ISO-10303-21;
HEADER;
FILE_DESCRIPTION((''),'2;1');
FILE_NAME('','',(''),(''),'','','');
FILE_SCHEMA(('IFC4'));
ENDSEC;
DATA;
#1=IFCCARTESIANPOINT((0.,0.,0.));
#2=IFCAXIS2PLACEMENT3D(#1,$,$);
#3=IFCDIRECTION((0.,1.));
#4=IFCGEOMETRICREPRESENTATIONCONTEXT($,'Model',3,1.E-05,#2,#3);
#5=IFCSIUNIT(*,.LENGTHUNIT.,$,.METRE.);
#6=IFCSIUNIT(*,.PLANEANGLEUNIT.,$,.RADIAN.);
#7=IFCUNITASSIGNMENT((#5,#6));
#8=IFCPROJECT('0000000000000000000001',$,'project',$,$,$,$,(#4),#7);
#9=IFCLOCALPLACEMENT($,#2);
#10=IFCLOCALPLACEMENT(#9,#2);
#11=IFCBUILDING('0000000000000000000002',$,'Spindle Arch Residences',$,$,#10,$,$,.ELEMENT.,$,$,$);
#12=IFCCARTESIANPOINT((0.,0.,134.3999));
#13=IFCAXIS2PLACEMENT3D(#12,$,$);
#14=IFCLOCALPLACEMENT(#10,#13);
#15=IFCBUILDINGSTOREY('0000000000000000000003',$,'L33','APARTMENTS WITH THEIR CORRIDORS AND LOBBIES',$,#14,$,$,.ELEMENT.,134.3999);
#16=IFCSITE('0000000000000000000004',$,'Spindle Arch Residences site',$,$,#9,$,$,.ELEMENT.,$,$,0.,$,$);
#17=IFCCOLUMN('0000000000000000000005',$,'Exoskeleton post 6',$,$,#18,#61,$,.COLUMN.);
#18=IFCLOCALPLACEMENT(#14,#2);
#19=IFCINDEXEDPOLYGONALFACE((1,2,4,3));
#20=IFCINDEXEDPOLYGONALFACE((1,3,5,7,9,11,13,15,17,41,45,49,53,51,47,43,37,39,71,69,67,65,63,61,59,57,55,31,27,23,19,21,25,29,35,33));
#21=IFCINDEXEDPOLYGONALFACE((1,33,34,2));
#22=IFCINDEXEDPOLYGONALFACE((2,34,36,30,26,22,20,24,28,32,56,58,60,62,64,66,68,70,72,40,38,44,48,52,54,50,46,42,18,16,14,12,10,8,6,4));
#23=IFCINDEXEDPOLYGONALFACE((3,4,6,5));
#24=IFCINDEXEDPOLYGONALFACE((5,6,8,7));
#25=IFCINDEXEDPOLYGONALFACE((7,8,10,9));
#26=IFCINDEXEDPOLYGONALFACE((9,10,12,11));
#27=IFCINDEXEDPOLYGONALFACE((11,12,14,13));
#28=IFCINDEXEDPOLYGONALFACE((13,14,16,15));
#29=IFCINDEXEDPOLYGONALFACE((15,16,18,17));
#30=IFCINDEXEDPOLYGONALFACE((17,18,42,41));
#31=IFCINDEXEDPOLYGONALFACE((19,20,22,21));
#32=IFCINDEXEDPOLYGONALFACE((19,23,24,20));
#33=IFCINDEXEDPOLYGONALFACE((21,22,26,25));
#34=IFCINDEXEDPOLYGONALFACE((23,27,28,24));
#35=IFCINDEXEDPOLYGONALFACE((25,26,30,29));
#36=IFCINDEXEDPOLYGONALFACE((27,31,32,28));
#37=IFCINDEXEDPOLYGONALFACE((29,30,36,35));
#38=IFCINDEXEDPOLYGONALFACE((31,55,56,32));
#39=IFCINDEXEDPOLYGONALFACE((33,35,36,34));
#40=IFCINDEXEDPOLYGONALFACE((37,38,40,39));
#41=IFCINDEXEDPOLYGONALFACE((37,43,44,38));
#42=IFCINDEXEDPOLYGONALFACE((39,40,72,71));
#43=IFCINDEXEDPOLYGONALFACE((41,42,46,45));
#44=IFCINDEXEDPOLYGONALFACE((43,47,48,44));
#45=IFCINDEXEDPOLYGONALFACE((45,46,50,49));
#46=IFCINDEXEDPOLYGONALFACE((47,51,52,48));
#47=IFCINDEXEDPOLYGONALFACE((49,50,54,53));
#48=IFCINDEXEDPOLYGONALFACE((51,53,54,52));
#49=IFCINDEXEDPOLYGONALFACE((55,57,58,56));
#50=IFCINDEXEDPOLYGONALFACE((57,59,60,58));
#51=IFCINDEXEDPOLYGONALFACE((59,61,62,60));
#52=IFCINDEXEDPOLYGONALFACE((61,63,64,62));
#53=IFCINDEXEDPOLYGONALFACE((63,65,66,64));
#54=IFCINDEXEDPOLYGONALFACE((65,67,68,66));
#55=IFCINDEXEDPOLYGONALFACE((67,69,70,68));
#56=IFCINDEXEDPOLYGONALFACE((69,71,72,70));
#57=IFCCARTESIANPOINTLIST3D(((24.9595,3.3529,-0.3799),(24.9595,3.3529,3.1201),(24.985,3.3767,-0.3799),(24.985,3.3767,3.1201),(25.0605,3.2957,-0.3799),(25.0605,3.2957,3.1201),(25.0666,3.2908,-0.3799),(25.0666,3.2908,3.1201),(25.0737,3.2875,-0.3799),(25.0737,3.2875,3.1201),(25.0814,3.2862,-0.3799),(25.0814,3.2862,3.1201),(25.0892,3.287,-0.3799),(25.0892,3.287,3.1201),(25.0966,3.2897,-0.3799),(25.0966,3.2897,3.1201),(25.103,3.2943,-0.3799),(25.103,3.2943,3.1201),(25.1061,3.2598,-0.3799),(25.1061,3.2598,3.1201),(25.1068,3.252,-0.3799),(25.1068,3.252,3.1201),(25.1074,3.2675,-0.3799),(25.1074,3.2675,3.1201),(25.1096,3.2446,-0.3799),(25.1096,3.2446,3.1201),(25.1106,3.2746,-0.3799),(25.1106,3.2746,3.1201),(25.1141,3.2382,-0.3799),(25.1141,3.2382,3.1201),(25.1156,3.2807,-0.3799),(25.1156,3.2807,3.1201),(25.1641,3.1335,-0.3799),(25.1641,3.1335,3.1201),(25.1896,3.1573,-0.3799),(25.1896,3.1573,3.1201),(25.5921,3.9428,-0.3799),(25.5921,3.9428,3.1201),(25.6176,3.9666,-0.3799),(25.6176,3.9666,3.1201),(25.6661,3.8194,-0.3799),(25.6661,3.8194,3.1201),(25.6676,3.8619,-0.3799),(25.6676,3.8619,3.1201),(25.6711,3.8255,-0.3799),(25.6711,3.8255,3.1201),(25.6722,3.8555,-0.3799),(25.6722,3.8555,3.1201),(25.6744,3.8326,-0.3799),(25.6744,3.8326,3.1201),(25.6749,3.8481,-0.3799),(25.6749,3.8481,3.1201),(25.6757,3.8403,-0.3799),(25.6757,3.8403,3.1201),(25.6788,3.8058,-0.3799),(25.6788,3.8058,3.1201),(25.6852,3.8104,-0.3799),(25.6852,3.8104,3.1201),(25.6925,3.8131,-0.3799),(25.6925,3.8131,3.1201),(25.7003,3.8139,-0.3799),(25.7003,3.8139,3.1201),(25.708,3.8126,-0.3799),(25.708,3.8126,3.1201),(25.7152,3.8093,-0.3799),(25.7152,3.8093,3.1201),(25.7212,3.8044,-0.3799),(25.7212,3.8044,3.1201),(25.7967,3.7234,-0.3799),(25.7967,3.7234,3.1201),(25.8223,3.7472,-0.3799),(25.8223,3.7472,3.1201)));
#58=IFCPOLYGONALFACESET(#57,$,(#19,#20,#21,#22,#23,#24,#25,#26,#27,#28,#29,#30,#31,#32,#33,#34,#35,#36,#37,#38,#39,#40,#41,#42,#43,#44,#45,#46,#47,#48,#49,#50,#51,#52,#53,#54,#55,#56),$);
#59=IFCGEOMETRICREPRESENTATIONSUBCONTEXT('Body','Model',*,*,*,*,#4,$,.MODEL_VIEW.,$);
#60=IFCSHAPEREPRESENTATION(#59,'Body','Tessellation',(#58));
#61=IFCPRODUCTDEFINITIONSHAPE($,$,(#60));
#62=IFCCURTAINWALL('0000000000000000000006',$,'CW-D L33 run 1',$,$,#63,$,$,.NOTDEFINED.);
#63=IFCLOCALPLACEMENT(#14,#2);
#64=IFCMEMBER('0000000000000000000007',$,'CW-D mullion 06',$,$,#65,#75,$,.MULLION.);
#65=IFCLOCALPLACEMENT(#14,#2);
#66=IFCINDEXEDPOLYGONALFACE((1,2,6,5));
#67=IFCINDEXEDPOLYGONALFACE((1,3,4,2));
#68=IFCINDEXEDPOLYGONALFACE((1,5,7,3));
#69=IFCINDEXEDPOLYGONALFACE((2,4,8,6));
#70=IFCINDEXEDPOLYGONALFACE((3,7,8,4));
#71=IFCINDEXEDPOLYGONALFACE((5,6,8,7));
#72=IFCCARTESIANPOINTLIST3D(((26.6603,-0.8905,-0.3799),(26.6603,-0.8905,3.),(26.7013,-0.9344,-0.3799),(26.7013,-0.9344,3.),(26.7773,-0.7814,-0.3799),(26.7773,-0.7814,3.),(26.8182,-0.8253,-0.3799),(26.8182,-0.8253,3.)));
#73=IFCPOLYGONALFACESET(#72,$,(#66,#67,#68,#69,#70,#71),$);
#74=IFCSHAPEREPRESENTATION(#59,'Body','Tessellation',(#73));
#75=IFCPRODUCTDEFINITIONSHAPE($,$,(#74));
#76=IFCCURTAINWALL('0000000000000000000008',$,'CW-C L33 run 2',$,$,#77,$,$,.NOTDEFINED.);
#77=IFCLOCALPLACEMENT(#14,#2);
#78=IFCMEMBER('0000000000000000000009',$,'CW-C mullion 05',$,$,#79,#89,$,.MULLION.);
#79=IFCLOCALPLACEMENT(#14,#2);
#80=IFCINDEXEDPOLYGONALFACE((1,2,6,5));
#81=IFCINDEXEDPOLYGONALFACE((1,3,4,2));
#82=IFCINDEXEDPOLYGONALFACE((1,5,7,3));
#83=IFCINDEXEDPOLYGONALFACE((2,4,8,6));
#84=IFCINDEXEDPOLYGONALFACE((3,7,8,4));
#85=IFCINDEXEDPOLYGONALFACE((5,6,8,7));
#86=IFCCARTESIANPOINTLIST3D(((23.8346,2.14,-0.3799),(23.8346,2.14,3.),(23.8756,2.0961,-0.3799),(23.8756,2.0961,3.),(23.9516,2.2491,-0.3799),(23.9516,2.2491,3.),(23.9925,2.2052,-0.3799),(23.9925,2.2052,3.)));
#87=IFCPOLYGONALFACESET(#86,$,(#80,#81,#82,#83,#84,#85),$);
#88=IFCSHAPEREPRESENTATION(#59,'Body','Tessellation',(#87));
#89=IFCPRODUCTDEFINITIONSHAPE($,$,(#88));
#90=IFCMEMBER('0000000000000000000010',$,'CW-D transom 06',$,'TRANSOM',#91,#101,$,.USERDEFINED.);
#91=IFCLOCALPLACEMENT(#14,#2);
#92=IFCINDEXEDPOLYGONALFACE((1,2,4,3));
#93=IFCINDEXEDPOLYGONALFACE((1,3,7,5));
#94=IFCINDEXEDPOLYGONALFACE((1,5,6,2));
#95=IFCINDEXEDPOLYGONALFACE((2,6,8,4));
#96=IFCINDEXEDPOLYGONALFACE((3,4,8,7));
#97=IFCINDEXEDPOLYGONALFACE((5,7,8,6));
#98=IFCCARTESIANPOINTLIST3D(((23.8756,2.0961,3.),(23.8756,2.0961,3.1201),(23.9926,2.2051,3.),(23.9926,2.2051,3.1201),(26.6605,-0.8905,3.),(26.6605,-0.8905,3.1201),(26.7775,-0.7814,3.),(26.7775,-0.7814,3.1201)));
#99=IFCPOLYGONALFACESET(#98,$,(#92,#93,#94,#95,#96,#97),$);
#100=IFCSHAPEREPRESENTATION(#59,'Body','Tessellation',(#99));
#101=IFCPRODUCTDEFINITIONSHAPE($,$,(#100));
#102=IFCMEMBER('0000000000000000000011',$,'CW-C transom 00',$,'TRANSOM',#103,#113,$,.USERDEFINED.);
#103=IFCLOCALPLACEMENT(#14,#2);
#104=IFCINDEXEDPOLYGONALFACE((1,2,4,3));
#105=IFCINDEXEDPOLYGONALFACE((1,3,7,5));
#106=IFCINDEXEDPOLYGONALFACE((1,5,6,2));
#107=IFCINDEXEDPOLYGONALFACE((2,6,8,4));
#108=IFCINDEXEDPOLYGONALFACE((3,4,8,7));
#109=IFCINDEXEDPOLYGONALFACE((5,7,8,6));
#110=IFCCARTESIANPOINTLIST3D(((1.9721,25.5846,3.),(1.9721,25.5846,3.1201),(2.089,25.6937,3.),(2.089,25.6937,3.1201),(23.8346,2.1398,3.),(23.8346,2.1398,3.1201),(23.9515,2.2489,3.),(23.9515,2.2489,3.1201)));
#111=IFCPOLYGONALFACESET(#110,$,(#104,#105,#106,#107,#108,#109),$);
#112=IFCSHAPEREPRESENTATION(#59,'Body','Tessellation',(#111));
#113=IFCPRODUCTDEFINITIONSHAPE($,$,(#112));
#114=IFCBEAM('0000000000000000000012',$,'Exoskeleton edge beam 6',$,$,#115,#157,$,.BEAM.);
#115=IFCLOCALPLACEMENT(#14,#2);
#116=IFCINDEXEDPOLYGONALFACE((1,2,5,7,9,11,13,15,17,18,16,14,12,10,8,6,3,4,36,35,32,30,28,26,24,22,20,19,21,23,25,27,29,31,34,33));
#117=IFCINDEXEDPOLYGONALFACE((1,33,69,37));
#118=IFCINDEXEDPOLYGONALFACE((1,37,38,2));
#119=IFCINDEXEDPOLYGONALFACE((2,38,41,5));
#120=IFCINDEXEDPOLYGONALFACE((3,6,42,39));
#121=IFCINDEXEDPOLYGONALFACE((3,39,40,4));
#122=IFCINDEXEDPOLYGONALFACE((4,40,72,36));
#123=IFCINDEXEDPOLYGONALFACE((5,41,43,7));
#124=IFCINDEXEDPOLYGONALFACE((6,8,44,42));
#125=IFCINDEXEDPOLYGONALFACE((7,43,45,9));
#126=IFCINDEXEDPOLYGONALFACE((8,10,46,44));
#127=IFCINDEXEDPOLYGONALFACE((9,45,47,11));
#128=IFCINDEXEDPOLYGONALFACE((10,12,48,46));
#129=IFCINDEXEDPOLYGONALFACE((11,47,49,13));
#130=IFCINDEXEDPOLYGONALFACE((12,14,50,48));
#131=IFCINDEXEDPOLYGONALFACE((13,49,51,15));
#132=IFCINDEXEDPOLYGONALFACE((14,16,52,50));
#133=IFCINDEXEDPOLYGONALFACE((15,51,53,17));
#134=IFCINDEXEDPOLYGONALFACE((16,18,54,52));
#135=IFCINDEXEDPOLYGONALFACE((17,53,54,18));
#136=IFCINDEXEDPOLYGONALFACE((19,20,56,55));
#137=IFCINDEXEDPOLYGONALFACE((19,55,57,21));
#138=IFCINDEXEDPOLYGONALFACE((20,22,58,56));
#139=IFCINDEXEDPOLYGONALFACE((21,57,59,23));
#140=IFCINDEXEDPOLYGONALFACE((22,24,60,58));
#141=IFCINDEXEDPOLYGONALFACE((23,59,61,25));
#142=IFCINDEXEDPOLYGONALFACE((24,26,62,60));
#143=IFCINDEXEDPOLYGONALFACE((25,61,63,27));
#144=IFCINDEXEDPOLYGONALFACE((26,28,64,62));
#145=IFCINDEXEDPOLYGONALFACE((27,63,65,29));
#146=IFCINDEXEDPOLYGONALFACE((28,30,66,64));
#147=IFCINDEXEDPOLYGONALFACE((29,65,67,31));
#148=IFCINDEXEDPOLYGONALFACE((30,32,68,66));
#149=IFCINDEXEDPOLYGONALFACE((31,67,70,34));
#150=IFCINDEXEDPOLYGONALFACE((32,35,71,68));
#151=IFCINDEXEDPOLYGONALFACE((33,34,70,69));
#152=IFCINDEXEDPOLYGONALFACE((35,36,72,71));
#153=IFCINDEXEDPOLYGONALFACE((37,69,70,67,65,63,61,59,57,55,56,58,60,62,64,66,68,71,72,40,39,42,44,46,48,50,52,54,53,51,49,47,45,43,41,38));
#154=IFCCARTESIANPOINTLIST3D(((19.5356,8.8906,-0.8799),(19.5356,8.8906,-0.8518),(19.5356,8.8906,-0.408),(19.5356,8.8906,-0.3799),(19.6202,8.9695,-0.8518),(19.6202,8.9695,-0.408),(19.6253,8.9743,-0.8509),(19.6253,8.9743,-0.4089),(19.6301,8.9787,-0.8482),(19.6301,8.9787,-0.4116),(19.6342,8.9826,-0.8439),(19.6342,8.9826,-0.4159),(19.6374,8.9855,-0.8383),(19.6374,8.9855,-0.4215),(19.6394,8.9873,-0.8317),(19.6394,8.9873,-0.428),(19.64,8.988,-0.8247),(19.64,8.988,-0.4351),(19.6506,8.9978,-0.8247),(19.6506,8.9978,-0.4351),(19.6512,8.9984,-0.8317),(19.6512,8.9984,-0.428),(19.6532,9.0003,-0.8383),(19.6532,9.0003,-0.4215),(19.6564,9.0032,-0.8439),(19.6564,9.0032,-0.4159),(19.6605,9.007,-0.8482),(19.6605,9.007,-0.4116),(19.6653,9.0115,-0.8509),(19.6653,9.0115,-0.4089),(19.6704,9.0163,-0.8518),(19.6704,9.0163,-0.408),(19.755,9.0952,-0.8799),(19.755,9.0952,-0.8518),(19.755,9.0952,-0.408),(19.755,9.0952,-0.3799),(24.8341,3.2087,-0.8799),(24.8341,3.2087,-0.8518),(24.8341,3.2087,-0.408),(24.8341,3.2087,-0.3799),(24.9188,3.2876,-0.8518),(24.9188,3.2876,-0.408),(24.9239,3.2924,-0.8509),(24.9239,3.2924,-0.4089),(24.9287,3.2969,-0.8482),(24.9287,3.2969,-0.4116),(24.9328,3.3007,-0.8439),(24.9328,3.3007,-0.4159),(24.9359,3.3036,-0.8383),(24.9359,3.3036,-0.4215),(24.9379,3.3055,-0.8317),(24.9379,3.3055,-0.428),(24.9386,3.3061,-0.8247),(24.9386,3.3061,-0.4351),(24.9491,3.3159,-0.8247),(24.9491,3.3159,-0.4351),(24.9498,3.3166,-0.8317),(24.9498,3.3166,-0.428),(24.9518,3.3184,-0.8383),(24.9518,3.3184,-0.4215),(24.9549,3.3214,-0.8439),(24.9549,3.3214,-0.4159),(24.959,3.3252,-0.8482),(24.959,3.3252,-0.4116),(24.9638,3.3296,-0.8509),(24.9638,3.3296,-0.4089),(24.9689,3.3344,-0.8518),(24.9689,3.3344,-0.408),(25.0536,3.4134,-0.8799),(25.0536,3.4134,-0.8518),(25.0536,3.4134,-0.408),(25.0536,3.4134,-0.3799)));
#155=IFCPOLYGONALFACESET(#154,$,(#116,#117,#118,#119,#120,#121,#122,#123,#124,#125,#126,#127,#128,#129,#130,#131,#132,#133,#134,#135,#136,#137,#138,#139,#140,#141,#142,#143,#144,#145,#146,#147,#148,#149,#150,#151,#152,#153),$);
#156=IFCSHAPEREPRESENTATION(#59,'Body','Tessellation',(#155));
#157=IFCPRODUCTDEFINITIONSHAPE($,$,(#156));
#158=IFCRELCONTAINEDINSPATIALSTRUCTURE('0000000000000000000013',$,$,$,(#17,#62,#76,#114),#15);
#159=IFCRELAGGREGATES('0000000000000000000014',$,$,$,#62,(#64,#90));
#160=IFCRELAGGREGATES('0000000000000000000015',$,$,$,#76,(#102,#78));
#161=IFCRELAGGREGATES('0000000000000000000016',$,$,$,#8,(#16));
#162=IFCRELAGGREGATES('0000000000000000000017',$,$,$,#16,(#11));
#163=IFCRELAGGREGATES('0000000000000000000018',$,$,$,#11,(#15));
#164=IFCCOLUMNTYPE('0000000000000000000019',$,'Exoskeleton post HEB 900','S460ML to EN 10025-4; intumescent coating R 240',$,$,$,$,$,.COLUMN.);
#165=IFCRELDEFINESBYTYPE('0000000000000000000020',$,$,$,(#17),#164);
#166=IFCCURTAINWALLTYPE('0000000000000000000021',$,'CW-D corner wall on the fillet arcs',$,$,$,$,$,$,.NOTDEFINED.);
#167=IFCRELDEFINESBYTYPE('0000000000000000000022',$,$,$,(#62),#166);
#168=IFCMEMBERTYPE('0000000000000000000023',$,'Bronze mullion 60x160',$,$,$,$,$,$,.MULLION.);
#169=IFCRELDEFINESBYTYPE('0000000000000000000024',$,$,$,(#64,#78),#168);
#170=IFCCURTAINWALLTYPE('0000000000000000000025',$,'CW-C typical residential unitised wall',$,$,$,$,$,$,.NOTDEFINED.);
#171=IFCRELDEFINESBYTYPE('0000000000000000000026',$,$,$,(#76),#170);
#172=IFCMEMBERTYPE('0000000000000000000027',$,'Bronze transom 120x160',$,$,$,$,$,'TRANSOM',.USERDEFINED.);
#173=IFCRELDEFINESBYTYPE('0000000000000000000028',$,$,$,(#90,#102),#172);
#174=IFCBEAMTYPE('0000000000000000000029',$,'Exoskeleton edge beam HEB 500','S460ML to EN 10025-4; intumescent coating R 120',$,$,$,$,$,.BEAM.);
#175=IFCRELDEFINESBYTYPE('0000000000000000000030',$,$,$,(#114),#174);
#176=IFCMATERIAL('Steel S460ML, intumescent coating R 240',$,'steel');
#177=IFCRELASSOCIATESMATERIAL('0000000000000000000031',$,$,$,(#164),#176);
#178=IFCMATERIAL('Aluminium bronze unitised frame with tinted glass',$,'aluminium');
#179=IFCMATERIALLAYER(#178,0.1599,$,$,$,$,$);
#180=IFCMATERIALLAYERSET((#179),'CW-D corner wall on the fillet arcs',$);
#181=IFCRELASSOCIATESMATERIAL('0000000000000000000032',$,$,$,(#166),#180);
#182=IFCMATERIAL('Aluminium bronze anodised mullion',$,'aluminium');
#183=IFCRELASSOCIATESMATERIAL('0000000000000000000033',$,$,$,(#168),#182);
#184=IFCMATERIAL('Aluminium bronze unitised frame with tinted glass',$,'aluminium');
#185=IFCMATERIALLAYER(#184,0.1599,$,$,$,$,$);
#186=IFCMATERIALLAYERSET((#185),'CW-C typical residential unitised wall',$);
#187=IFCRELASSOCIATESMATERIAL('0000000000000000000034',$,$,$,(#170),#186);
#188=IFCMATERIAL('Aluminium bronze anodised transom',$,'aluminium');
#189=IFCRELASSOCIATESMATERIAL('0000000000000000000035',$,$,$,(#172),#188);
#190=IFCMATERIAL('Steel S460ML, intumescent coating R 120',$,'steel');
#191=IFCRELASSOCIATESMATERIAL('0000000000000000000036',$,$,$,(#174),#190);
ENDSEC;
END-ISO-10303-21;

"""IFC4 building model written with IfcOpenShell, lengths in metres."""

from ifc_helpers import new_model, si_unit, direction, frame, origin, origin_2d, place, context, subcontext, project, spatial, rectangle, i_section, extrude, material, layer, layer_set, material_profile, profile_set, type_object, element, aggregate, save


model = new_model("IFC4")

# Units and contexts
model_context = context("Model", 3, precision=1e-05, world=origin(), true_north=direction((0.0, 1.0)))
body_context = subcontext(model_context, "Body", "Model", "MODEL_VIEW")
ifc_project = project(units=[si_unit("LENGTHUNIT", "METRE"), si_unit("PLANEANGLEUNIT", "RADIAN")], contexts=[model_context])

# Site, building, storey
site_placement = place(None, origin())
site = spatial("IfcSite", under=ifc_project, at=site_placement, Name="Spindle Arch Residences site", CompositionType="ELEMENT", RefElevation=0.0)
building_placement = place(site_placement, origin())
building = spatial("IfcBuilding", under=site, at=building_placement, Name="Spindle Arch Residences", CompositionType="ELEMENT")
storey_placement = place(building_placement, frame((0.0, 0.0, 134.3999)))
storey = spatial("IfcBuildingStorey", under=building, at=storey_placement, Name="L33", Description="APARTMENTS WITH THEIR CORRIDORS AND LOBBIES", CompositionType="ELEMENT", Elevation=134.3999)

# Column
ifc_material_1 = material(Name="Steel S460ML, intumescent coating R 240", Category="steel")
ifc_material_profile_1 = material_profile(ifc_material_1, i_section(OverallWidth=0.3, OverallDepth=0.8999, WebThickness=0.0186, FlangeThickness=0.0349, FilletRadius=0.03, at=origin_2d()), Name="HEB 900")
ifc_profile_set_1 = profile_set([ifc_material_profile_1], Name="Steel S460ML, intumescent coating R 240")
column_type = type_object("IfcColumnType", Name="Exoskeleton post HEB 900", Description="S460ML to EN 10025-4; intumescent coating R 240", PredefinedType="COLUMN", material=ifc_profile_set_1)
column_placement = place(storey_placement, frame((25.3909, 3.55, -0.3799), z_axis=(0.0, 0.0, 1.0), x_axis=(0.681998, -0.731354, 0.0)))
element("IfcColumn", 1, at=column_placement, inside=storey, type_object=column_type, Name="Exoskeleton post 6", PredefinedType="COLUMN", context=body_context, shape_type="SweptSolid", body=[
    extrude(i_section(OverallWidth=0.3, OverallDepth=0.8999, WebThickness=0.0186, FlangeThickness=0.0349, FilletRadius=0.03, at=origin_2d()), origin(), (0.0, 0.0, 1.0), 3.5),
])

# Curtain walls, members
ifc_material_2 = material(Name="Aluminium bronze unitised frame with tinted glass", Category="aluminium")
ifc_layer_1 = layer(ifc_material_2, 0.1599)
ifc_layer_set_1 = layer_set([ifc_layer_1], Name="CW-D corner wall on the fillet arcs")
curtain_wall_type_1 = type_object("IfcCurtainWallType", Name="CW-D corner wall on the fillet arcs", PredefinedType="NOTDEFINED", material=ifc_layer_set_1)
curtain_wall_1_placement = place(storey_placement, origin())
curtain_wall_1 = element("IfcCurtainWall", 2, at=curtain_wall_1_placement, inside=storey, type_object=curtain_wall_type_1, Name="CW-D L33 run 1", PredefinedType="NOTDEFINED")
ifc_material_3 = material(Name="Aluminium bronze anodised mullion", Category="aluminium")
ifc_material_profile_2 = material_profile(ifc_material_3, rectangle(XDim=0.1599, YDim=0.0601, at=origin_2d()), Name="MU 60x160")
ifc_profile_set_2 = profile_set([ifc_material_profile_2], Name="Aluminium bronze anodised mullion")
member_type_1 = type_object("IfcMemberType", Name="Bronze mullion 60x160", PredefinedType="MULLION", material=ifc_profile_set_2)
member_1_placement = place(storey_placement, frame((26.7393, -0.8579, -0.3799), z_axis=(0.0, 0.0, 1.0), x_axis=(-0.731354, -0.681998, 0.0)))
member_1 = element("IfcMember", 3, at=member_1_placement, type_object=member_type_1, Name="CW-D mullion 06", PredefinedType="MULLION", context=body_context, shape_type="SweptSolid", body=[
    extrude(rectangle(XDim=0.1599, YDim=0.0601, at=origin_2d()), origin(), (0.0, 0.0, 1.0), 3.3799),
])
ifc_material_4 = material(Name="Aluminium bronze unitised frame with tinted glass", Category="aluminium")
ifc_layer_2 = layer(ifc_material_4, 0.1599)
ifc_layer_set_2 = layer_set([ifc_layer_2], Name="CW-C typical residential unitised wall")
curtain_wall_type_2 = type_object("IfcCurtainWallType", Name="CW-C typical residential unitised wall", PredefinedType="NOTDEFINED", material=ifc_layer_set_2)
curtain_wall_2_placement = place(storey_placement, origin())
curtain_wall_2 = element("IfcCurtainWall", 4, at=curtain_wall_2_placement, inside=storey, type_object=curtain_wall_type_2, Name="CW-C L33 run 2", PredefinedType="NOTDEFINED")
member_2_placement = place(storey_placement, frame((23.9136, 2.1726, -0.3799), z_axis=(0.0, 0.0, 1.0), x_axis=(-0.731354, -0.681998, 0.0)))
member_2 = element("IfcMember", 5, at=member_2_placement, type_object=member_type_1, Name="CW-C mullion 05", PredefinedType="MULLION", context=body_context, shape_type="SweptSolid", body=[
    extrude(rectangle(XDim=0.1599, YDim=0.0601, at=origin_2d()), origin(), (0.0, 0.0, 1.0), 3.3799),
])

# Members
ifc_material_5 = material(Name="Aluminium bronze anodised transom", Category="aluminium")
ifc_material_profile_3 = material_profile(ifc_material_5, rectangle(XDim=0.1599, YDim=0.1201, at=origin_2d()), Name="TR 120x160")
ifc_profile_set_3 = profile_set([ifc_material_profile_3], Name="Aluminium bronze anodised transom")
member_type_2 = type_object("IfcMemberType", Name="Bronze transom 120x160", ElementType="TRANSOM", PredefinedType="USERDEFINED", material=ifc_profile_set_3)
member_3_placement = place(storey_placement, frame((26.719, -0.8359, 3.0601), z_axis=(-0.681984, 0.731367, 0.0), x_axis=(-0.731367, -0.681984, 0.0)))
member_3 = element("IfcMember", 6, at=member_3_placement, type_object=member_type_2, Name="CW-D transom 06", ObjectType="TRANSOM", PredefinedType="USERDEFINED", context=body_context, shape_type="SweptSolid", body=[
    extrude(rectangle(XDim=0.1599, YDim=0.1201, at=origin_2d()), origin(), (0.0, 0.0, 1.0), 4.0835),
])
member_4_placement = place(storey_placement, frame((23.8931, 2.1943, 3.0601), z_axis=(-0.681997, 0.731355, 0.0), x_axis=(-0.731355, -0.681997, 0.0)))
member_4 = element("IfcMember", 7, at=member_4_placement, type_object=member_type_2, Name="CW-C transom 00", ObjectType="TRANSOM", PredefinedType="USERDEFINED", context=body_context, shape_type="SweptSolid", body=[
    extrude(rectangle(XDim=0.1599, YDim=0.1201, at=origin_2d()), origin(), (0.0, 0.0, 1.0), 32.0566),
])

# Beam
ifc_material_6 = material(Name="Steel S460ML, intumescent coating R 120", Category="steel")
ifc_material_profile_4 = material_profile(ifc_material_6, i_section(OverallWidth=0.3, OverallDepth=0.5, WebThickness=0.0144, FlangeThickness=0.0281, FilletRadius=0.0271, at=origin_2d()), Name="HEB 500")
ifc_profile_set_4 = profile_set([ifc_material_profile_4], Name="Steel S460ML, intumescent coating R 120")
beam_type_1 = type_object("IfcBeamType", Name="Exoskeleton edge beam HEB 500", Description="S460ML to EN 10025-4; intumescent coating R 120", PredefinedType="BEAM", material=ifc_profile_set_4)
beam_1_placement = place(storey_placement, frame((24.9438, 3.311, -0.6299), z_axis=(-0.682008, 0.731345, 0.0), x_axis=(-0.731345, -0.682008, 0.0)))
element("IfcBeam", 8, at=beam_1_placement, inside=storey, type_object=beam_type_1, Name="Exoskeleton edge beam 6", PredefinedType="BEAM", context=body_context, shape_type="SweptSolid", body=[
    extrude(i_section(OverallWidth=0.3, OverallDepth=0.5, WebThickness=0.0144, FlangeThickness=0.0281, FilletRadius=0.0271, at=origin_2d()), origin(), (0.0, 0.0, 1.0), 7.769),
])

aggregate(curtain_wall_1, [member_1, member_3])
aggregate(curtain_wall_2, [member_4, member_2])

save(model, "model.ifc")
